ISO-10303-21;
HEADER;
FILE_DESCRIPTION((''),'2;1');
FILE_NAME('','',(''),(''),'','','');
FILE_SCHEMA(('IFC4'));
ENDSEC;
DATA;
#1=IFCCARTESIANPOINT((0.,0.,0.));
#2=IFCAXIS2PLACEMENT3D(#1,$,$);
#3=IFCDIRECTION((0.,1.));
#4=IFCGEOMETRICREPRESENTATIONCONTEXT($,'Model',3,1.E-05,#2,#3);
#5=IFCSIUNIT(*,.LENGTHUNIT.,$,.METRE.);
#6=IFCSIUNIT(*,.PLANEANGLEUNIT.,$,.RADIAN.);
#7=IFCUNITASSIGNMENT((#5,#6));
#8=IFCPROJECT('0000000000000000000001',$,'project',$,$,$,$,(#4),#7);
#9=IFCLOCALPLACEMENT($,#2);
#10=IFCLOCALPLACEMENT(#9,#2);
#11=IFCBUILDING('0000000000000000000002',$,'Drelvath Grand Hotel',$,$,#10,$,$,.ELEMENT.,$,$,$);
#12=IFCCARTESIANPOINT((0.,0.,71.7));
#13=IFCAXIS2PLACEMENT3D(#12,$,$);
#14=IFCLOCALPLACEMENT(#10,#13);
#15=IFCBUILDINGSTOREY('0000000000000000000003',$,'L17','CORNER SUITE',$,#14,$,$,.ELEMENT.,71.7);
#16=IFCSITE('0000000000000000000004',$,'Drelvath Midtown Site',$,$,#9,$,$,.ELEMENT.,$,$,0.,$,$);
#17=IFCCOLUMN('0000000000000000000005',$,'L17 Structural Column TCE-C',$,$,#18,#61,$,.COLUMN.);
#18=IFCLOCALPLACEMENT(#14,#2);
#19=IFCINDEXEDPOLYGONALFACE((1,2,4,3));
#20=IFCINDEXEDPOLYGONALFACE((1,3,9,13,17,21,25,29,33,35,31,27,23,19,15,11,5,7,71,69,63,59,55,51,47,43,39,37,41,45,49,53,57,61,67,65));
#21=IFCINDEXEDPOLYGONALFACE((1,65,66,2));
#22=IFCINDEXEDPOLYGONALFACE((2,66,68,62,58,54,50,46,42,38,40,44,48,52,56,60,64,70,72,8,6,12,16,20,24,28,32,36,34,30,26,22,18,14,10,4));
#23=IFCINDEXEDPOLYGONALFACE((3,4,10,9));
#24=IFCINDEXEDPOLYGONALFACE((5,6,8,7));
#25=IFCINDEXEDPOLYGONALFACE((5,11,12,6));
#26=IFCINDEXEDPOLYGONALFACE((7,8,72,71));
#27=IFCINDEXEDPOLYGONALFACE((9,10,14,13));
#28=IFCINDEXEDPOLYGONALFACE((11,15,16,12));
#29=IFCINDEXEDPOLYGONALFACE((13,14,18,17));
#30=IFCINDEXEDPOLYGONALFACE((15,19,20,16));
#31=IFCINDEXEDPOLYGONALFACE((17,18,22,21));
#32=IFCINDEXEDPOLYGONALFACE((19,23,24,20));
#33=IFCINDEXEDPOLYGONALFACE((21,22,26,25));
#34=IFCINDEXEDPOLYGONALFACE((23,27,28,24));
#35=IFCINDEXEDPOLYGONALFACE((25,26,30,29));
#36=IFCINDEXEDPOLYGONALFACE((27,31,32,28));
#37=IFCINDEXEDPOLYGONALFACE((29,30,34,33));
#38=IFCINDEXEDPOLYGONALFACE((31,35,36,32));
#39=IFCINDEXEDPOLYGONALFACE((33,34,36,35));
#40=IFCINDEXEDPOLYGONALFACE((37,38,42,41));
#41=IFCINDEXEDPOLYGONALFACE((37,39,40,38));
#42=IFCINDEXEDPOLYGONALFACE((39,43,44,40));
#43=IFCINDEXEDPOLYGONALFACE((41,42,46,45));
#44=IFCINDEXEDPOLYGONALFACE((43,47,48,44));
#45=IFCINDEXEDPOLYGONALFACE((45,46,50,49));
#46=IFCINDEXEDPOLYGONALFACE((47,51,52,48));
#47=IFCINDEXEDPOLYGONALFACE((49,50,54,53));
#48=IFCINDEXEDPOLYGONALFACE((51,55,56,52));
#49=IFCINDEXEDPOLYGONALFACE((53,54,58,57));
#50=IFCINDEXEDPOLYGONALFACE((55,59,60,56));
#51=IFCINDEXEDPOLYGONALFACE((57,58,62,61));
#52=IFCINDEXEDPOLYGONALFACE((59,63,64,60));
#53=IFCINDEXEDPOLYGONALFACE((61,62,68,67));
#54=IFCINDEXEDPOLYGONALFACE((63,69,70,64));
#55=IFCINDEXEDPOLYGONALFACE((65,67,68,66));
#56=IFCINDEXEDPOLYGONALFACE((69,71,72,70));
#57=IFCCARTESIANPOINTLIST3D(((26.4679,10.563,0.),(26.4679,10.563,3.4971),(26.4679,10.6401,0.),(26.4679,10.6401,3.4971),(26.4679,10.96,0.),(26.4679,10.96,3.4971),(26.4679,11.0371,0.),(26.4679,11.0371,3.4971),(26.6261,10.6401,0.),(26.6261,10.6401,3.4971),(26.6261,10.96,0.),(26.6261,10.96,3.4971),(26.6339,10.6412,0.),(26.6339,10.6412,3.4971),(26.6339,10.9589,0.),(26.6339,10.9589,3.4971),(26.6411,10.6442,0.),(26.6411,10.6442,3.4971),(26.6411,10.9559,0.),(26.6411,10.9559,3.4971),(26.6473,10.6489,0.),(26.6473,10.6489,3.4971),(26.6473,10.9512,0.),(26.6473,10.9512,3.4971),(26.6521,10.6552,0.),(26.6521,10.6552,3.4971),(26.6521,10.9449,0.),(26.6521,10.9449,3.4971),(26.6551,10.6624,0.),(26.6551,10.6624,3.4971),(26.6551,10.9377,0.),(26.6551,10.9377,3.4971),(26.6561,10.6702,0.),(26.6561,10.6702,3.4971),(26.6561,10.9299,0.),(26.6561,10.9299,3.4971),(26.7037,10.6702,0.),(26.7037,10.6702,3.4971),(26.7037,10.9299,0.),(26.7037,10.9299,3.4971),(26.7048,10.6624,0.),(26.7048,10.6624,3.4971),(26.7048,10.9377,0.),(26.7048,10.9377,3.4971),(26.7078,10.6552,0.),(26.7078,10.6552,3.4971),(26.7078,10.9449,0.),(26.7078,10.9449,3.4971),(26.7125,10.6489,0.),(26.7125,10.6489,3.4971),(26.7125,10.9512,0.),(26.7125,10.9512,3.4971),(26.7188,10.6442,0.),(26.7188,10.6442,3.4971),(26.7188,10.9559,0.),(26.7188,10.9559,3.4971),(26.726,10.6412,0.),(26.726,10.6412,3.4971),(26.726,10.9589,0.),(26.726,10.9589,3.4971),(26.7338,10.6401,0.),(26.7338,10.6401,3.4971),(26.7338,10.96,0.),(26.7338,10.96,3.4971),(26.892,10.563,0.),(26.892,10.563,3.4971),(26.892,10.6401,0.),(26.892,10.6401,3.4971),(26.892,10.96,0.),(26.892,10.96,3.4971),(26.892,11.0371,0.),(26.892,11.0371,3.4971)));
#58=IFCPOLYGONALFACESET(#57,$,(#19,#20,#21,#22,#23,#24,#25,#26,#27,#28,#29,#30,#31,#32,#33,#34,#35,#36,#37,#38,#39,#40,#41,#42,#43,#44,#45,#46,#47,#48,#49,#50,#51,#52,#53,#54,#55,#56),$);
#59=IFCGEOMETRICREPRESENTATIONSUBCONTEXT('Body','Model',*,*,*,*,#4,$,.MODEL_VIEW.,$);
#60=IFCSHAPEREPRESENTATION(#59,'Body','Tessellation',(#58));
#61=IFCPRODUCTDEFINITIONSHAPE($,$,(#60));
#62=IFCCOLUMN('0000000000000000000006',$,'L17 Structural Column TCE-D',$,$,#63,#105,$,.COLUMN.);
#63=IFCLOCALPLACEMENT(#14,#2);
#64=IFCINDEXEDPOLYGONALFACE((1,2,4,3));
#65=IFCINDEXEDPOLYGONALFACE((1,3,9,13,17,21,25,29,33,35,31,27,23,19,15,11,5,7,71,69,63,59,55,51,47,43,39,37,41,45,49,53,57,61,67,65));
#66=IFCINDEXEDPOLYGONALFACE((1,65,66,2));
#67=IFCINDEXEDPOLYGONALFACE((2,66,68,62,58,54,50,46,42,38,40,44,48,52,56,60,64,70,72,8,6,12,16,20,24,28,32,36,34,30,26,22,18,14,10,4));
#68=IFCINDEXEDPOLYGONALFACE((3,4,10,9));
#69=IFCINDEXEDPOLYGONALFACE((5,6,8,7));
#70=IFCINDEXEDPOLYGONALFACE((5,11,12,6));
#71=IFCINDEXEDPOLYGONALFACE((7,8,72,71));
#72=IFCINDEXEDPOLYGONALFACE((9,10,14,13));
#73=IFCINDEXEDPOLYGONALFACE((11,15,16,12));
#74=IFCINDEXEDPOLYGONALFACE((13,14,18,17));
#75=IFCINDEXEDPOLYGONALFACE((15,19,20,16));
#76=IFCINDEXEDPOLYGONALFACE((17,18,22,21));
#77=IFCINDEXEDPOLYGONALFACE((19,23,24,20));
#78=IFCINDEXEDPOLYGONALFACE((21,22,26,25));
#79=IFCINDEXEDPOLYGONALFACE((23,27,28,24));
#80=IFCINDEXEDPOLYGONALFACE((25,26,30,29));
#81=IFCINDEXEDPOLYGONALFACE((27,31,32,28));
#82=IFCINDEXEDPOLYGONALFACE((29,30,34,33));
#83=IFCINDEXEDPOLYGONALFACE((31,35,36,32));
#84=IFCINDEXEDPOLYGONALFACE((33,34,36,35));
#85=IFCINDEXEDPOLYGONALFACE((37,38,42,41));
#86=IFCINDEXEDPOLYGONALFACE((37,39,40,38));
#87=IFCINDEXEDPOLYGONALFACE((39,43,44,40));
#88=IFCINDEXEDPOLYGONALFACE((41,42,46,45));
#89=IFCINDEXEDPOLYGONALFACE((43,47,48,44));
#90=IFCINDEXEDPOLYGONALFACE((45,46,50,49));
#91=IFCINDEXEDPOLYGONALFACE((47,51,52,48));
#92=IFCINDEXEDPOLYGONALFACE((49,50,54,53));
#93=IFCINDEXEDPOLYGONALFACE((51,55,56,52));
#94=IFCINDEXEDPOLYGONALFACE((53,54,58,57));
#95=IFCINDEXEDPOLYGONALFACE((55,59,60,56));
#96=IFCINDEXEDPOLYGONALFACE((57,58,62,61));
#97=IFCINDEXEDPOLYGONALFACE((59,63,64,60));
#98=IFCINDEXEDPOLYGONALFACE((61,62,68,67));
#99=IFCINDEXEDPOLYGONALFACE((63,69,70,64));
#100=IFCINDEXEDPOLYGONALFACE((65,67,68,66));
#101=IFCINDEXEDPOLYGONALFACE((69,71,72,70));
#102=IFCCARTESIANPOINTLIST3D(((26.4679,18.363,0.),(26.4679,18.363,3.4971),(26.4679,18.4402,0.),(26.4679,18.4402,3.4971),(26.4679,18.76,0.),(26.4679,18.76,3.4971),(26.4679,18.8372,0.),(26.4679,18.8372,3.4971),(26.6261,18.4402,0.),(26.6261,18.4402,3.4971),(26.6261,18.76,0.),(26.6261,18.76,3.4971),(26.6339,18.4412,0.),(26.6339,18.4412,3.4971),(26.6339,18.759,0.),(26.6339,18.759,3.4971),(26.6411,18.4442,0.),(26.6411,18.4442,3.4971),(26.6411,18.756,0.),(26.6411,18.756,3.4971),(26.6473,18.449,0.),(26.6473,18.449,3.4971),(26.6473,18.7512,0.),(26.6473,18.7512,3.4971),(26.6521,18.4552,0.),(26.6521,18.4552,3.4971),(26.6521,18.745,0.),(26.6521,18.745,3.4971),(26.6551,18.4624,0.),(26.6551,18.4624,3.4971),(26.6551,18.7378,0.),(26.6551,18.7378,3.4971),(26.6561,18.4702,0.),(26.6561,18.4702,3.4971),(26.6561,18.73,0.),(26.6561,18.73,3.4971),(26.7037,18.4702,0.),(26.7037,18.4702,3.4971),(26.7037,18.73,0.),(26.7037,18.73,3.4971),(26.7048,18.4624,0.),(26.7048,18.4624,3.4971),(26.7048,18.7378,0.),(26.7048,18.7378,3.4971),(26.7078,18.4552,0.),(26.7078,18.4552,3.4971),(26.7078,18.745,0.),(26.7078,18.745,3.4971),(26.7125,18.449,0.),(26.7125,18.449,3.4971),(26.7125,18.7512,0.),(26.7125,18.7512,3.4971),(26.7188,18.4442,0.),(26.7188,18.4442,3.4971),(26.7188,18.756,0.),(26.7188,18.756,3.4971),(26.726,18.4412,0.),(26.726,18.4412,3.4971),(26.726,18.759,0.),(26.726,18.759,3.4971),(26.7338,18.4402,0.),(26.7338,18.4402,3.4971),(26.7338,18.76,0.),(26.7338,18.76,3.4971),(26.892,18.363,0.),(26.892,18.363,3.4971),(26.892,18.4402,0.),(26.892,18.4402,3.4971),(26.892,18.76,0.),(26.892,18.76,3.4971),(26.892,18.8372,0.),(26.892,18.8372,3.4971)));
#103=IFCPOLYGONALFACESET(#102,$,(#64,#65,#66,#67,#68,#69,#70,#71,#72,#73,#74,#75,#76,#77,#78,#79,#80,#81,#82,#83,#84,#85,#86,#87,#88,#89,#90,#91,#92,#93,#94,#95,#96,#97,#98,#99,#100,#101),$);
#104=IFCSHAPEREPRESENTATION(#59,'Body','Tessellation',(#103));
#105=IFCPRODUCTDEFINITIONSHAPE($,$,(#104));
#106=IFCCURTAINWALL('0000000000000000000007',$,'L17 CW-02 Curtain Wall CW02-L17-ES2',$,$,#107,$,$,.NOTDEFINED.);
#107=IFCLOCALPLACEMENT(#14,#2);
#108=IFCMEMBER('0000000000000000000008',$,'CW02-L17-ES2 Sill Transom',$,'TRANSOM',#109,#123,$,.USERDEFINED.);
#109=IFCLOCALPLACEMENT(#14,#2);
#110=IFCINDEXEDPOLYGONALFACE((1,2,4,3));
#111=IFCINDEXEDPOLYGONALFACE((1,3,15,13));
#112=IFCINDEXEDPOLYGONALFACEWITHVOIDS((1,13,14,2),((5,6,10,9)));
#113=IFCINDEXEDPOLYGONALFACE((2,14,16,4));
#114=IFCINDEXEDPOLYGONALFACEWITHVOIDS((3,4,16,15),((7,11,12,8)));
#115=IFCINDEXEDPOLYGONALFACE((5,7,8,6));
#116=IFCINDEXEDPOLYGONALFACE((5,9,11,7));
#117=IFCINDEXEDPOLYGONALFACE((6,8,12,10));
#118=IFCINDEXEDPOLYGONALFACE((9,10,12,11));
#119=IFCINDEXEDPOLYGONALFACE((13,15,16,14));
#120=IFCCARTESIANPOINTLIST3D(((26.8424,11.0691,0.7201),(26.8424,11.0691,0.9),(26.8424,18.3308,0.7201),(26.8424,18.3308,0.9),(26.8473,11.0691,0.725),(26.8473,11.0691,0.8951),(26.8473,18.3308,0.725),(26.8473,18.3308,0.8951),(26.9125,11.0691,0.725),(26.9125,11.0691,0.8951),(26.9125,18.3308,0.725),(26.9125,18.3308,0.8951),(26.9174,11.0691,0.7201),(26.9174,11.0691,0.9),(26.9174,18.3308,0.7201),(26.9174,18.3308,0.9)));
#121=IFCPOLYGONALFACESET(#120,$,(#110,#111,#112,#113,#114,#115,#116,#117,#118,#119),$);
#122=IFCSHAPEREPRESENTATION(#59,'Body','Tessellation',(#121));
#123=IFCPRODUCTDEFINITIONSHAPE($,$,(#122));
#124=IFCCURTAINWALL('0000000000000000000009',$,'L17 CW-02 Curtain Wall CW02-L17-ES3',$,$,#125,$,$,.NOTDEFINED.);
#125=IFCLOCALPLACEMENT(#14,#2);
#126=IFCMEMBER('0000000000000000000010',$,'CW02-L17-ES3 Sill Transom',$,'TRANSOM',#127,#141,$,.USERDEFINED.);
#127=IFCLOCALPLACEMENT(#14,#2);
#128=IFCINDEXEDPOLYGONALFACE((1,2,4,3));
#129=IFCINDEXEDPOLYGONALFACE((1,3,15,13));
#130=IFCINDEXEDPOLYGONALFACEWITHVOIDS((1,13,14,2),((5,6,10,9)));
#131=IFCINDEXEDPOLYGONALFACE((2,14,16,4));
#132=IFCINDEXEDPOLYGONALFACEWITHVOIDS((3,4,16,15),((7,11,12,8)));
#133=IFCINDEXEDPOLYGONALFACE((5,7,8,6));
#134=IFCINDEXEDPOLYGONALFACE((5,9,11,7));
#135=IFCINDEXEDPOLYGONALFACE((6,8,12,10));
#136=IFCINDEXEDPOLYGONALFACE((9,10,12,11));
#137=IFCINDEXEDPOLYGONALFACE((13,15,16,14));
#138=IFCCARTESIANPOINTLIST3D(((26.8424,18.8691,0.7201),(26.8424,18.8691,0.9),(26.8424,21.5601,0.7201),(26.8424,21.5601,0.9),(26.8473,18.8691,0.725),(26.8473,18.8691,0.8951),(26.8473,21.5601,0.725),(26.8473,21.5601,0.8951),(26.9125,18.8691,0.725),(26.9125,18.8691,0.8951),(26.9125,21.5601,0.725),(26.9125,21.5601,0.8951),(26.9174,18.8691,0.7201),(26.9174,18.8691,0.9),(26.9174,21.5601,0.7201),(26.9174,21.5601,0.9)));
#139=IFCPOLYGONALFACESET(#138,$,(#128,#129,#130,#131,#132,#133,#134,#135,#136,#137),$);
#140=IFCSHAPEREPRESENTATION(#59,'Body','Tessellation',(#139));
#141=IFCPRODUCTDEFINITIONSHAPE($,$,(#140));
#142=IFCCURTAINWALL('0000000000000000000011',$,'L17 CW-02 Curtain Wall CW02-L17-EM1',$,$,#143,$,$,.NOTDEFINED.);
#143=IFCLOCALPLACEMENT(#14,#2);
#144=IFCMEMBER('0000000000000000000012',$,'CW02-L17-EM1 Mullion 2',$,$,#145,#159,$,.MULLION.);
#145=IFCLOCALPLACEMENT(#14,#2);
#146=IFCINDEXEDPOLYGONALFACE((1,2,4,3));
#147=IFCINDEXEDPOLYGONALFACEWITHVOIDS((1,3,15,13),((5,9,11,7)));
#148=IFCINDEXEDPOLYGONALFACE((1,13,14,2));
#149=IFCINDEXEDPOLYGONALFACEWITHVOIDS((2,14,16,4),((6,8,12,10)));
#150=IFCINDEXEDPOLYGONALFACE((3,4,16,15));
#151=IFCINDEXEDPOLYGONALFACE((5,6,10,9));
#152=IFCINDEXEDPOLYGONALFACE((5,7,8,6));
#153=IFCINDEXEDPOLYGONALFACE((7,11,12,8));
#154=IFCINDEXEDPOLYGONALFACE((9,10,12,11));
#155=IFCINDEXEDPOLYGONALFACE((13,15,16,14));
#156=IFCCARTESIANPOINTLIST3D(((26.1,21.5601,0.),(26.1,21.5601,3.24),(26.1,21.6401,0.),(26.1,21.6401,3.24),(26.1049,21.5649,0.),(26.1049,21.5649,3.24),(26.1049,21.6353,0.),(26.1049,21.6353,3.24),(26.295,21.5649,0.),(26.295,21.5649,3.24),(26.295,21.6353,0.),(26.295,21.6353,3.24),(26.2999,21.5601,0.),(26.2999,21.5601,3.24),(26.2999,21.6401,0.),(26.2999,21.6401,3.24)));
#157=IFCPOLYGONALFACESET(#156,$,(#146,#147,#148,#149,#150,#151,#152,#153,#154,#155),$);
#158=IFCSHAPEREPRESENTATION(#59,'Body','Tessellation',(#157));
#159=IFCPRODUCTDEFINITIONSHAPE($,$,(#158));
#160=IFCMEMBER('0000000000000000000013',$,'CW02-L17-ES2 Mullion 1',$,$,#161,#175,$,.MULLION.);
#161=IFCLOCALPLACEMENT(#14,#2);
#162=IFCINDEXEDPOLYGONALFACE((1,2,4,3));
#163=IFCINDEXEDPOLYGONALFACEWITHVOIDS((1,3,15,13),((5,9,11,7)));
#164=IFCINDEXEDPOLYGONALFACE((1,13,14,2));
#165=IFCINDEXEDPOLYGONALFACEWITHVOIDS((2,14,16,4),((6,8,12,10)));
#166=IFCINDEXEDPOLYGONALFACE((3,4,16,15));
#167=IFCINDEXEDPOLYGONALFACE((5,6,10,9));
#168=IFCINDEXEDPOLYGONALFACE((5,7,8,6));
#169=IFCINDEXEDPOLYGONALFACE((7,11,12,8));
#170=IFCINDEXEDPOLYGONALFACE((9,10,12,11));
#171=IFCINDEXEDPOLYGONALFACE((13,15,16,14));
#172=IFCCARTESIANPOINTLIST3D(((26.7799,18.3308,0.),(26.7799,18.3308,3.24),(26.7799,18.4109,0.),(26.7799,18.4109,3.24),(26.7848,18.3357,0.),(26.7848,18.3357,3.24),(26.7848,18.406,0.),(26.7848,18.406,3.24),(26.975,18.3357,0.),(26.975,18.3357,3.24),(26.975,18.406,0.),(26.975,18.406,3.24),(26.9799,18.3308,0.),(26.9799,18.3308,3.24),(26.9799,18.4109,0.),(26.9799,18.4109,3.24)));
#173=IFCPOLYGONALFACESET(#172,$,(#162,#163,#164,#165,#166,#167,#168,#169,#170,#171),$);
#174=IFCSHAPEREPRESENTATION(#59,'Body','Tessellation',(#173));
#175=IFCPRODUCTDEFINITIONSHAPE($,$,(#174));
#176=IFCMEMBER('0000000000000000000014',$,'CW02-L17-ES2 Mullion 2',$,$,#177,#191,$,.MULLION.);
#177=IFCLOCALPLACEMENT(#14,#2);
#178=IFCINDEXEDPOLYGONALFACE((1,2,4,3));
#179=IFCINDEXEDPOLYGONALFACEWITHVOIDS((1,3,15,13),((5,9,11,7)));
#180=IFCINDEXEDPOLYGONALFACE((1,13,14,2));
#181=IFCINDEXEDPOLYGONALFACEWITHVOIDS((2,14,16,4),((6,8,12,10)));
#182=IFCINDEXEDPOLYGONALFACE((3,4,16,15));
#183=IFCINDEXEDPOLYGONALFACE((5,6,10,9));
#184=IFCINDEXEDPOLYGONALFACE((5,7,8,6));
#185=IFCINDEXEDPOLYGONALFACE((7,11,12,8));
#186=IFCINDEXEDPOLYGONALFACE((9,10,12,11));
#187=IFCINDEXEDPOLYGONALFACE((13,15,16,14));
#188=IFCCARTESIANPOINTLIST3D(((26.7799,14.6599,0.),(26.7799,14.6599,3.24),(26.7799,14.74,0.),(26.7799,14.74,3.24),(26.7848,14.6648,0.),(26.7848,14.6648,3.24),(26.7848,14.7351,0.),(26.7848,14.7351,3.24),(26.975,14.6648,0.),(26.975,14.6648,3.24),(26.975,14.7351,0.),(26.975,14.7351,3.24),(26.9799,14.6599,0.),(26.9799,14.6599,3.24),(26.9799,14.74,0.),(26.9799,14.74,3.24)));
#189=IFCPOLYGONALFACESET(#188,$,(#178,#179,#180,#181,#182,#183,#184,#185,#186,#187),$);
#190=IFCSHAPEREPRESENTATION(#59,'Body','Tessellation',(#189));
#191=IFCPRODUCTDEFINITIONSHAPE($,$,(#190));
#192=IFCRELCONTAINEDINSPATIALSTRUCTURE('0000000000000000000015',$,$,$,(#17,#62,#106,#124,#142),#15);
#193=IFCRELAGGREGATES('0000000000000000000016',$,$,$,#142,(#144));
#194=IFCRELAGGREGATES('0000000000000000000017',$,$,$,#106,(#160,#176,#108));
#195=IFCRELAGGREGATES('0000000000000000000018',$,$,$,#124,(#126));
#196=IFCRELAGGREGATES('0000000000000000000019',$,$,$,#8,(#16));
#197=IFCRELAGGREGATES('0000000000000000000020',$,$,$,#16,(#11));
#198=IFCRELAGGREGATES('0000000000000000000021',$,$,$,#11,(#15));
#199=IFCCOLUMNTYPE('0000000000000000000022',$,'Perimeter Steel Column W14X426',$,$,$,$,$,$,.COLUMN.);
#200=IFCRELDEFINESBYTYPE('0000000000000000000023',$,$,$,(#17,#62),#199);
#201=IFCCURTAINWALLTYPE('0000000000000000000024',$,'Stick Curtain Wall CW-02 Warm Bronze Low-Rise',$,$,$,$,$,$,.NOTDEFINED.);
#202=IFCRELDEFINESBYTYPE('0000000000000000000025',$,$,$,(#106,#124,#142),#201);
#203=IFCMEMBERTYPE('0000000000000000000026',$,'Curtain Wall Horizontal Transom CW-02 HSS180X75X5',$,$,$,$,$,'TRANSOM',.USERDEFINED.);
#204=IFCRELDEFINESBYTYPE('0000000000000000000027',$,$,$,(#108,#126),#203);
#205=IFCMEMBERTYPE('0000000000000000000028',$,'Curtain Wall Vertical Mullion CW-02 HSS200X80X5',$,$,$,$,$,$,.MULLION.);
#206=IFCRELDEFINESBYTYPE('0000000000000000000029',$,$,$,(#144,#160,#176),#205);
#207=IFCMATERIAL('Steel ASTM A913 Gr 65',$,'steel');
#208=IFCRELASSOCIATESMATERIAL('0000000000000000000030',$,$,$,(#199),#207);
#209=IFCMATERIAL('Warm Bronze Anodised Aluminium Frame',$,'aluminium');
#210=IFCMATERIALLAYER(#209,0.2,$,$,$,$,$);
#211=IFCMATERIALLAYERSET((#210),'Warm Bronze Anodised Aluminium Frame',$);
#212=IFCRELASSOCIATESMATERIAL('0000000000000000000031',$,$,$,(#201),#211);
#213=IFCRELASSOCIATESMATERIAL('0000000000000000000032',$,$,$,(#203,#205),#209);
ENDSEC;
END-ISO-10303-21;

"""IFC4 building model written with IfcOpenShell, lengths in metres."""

from ifc_helpers import new_model, si_unit, direction, frame, origin, origin_2d, place, context, subcontext, project, spatial, hollow_rectangle, i_section, extrude, material, layer, layer_set, material_profile, profile_set, type_object, element, aggregate, save


model = new_model("IFC4")

# Units and contexts
model_context = context("Model", 3, precision=1e-05, world=origin(), true_north=direction((0.0, 1.0)))
body_context = subcontext(model_context, "Body", "Model", "MODEL_VIEW")
ifc_project = project(units=[si_unit("LENGTHUNIT", "METRE"), si_unit("PLANEANGLEUNIT", "RADIAN")], contexts=[model_context])

# Site, building, storey
site_placement = place(None, origin())
site = spatial("IfcSite", under=ifc_project, at=site_placement, Name="Drelvath Midtown Site", CompositionType="ELEMENT", RefElevation=0.0)
building_placement = place(site_placement, origin())
building = spatial("IfcBuilding", under=site, at=building_placement, Name="Drelvath Grand Hotel", CompositionType="ELEMENT")
storey_placement = place(building_placement, frame((0.0, 0.0, 71.7)))
storey = spatial("IfcBuildingStorey", under=building, at=storey_placement, Name="L17", Description="CORNER SUITE", CompositionType="ELEMENT", Elevation=71.7)

# Columns
ifc_material_1 = material(Name="Steel ASTM A913 Gr 65", Category="steel")
ifc_material_profile_1 = material_profile(ifc_material_1, i_section(OverallWidth=0.4241, OverallDepth=0.4741, WebThickness=0.0476, FlangeThickness=0.0771, FilletRadius=0.03, at=origin_2d()), Name="W14X426")
ifc_profile_set_1 = profile_set([ifc_material_profile_1], Name="Steel ASTM A913 Gr 65")
column_type = type_object("IfcColumnType", Name="Perimeter Steel Column W14X426", PredefinedType="COLUMN", material=ifc_profile_set_1)
for number, where, z_axis, x_axis, name in (
    (1, (26.6799, 10.8, 0.0), (0.0, 0.0, 1.0), (1.0, 0.0, 0.0), "L17 Structural Column TCE-C"),
    (2, (26.6799, 18.6001, 0.0), (0.0, 0.0, 1.0), (1.0, 0.0, 0.0), "L17 Structural Column TCE-D"),
):
    element("IfcColumn", number, at=place(storey_placement, frame(where, z_axis=z_axis, x_axis=x_axis)), inside=storey, type_object=column_type, Name=name, PredefinedType="COLUMN", context=body_context, shape_type="SweptSolid", body=[
        extrude(i_section(OverallWidth=0.4241, OverallDepth=0.4741, WebThickness=0.0476, FlangeThickness=0.0771, FilletRadius=0.03, at=origin_2d()), origin(), (0.0, 0.0, 1.0), 3.4971),
    ])

# Curtain walls, members
ifc_material_2 = material(Name="Warm Bronze Anodised Aluminium Frame", Category="aluminium")
ifc_layer_1 = layer(ifc_material_2, 0.2)
ifc_layer_set_1 = layer_set([ifc_layer_1], Name="Warm Bronze Anodised Aluminium Frame")
curtain_wall_type = type_object("IfcCurtainWallType", Name="Stick Curtain Wall CW-02 Warm Bronze Low-Rise", PredefinedType="NOTDEFINED", material=ifc_layer_set_1)
curtain_wall_1_placement = place(storey_placement, origin())
curtain_wall_1 = element("IfcCurtainWall", 3, at=curtain_wall_1_placement, inside=storey, type_object=curtain_wall_type, Name="L17 CW-02 Curtain Wall CW02-L17-ES2", PredefinedType="NOTDEFINED")
ifc_material_profile_2 = material_profile(ifc_material_2, hollow_rectangle(XDim=0.075, YDim=0.1799, WallThickness=0.0049, at=origin_2d()), Name="HSS180X75X5")
ifc_profile_set_2 = profile_set([ifc_material_profile_2], Name="Warm Bronze Anodised Aluminium Frame")
member_type_1 = type_object("IfcMemberType", Name="Curtain Wall Horizontal Transom CW-02 HSS180X75X5", ElementType="TRANSOM", PredefinedType="USERDEFINED", material=ifc_profile_set_2)
member_1_placement = place(storey_placement, frame((26.8799, 18.3308, 0.8101), z_axis=(0.0, -1.0, 0.0), x_axis=(1.0, 0.0, 0.0)))
member_1 = element("IfcMember", 4, at=member_1_placement, type_object=member_type_1, Name="CW02-L17-ES2 Sill Transom", ObjectType="TRANSOM", PredefinedType="USERDEFINED", context=body_context, shape_type="SweptSolid", body=[
    extrude(hollow_rectangle(XDim=0.075, YDim=0.1799, WallThickness=0.0049, at=origin_2d()), origin(), (0.0, 0.0, 1.0), 7.2617),
])
curtain_wall_2_placement = place(storey_placement, origin())
curtain_wall_2 = element("IfcCurtainWall", 5, at=curtain_wall_2_placement, inside=storey, type_object=curtain_wall_type, Name="L17 CW-02 Curtain Wall CW02-L17-ES3", PredefinedType="NOTDEFINED")
member_2_placement = place(storey_placement, frame((26.8799, 21.5601, 0.8101), z_axis=(0.0, -1.0, 0.0), x_axis=(1.0, 0.0, 0.0)))
member_2 = element("IfcMember", 6, at=member_2_placement, type_object=member_type_1, Name="CW02-L17-ES3 Sill Transom", ObjectType="TRANSOM", PredefinedType="USERDEFINED", context=body_context, shape_type="SweptSolid", body=[
    extrude(hollow_rectangle(XDim=0.075, YDim=0.1799, WallThickness=0.0049, at=origin_2d()), origin(), (0.0, 0.0, 1.0), 2.6909),
])
curtain_wall_3_placement = place(storey_placement, origin())
curtain_wall_3 = element("IfcCurtainWall", 7, at=curtain_wall_3_placement, inside=storey, type_object=curtain_wall_type, Name="L17 CW-02 Curtain Wall CW02-L17-EM1", PredefinedType="NOTDEFINED")
ifc_material_profile_3 = material_profile(ifc_material_2, hollow_rectangle(XDim=0.0801, YDim=0.2, WallThickness=0.0049, at=origin_2d()), Name="HSS200X80X5")
ifc_profile_set_3 = profile_set([ifc_material_profile_3], Name="Warm Bronze Anodised Aluminium Frame")
member_type_2 = type_object("IfcMemberType", Name="Curtain Wall Vertical Mullion CW-02 HSS200X80X5", PredefinedType="MULLION", material=ifc_profile_set_3)
member_3_placement = place(storey_placement, frame((26.2, 21.6001, 0.0), z_axis=(0.0, 0.0, 1.0), x_axis=(0.0, 1.0, 0.0)))
member_3 = element("IfcMember", 8, at=member_3_placement, type_object=member_type_2, Name="CW02-L17-EM1 Mullion 2", PredefinedType="MULLION", context=body_context, shape_type="SweptSolid", body=[
    extrude(hollow_rectangle(XDim=0.0801, YDim=0.2, WallThickness=0.0049, at=origin_2d()), origin(), (0.0, 0.0, 1.0), 3.24),
])

# Members
member_4_placement = place(storey_placement, frame((26.8799, 18.3708, 0.0), z_axis=(0.0, 0.0, 1.0), x_axis=(0.0, 1.0, 0.0)))
member_4 = element("IfcMember", 9, at=member_4_placement, type_object=member_type_2, Name="CW02-L17-ES2 Mullion 1", PredefinedType="MULLION", context=body_context, shape_type="SweptSolid", body=[
    extrude(hollow_rectangle(XDim=0.0801, YDim=0.2, WallThickness=0.0049, at=origin_2d()), origin(), (0.0, 0.0, 1.0), 3.24),
])
member_5_placement = place(storey_placement, frame((26.8799, 14.7, 0.0), z_axis=(0.0, 0.0, 1.0), x_axis=(0.0, 1.0, 0.0)))
member_5 = element("IfcMember", 10, at=member_5_placement, type_object=member_type_2, Name="CW02-L17-ES2 Mullion 2", PredefinedType="MULLION", context=body_context, shape_type="SweptSolid", body=[
    extrude(hollow_rectangle(XDim=0.0801, YDim=0.2, WallThickness=0.0049, at=origin_2d()), origin(), (0.0, 0.0, 1.0), 3.24),
])

aggregate(curtain_wall_3, [member_3])
aggregate(curtain_wall_1, [member_4, member_5, member_1])
aggregate(curtain_wall_2, [member_2])

save(model, "model.ifc")
